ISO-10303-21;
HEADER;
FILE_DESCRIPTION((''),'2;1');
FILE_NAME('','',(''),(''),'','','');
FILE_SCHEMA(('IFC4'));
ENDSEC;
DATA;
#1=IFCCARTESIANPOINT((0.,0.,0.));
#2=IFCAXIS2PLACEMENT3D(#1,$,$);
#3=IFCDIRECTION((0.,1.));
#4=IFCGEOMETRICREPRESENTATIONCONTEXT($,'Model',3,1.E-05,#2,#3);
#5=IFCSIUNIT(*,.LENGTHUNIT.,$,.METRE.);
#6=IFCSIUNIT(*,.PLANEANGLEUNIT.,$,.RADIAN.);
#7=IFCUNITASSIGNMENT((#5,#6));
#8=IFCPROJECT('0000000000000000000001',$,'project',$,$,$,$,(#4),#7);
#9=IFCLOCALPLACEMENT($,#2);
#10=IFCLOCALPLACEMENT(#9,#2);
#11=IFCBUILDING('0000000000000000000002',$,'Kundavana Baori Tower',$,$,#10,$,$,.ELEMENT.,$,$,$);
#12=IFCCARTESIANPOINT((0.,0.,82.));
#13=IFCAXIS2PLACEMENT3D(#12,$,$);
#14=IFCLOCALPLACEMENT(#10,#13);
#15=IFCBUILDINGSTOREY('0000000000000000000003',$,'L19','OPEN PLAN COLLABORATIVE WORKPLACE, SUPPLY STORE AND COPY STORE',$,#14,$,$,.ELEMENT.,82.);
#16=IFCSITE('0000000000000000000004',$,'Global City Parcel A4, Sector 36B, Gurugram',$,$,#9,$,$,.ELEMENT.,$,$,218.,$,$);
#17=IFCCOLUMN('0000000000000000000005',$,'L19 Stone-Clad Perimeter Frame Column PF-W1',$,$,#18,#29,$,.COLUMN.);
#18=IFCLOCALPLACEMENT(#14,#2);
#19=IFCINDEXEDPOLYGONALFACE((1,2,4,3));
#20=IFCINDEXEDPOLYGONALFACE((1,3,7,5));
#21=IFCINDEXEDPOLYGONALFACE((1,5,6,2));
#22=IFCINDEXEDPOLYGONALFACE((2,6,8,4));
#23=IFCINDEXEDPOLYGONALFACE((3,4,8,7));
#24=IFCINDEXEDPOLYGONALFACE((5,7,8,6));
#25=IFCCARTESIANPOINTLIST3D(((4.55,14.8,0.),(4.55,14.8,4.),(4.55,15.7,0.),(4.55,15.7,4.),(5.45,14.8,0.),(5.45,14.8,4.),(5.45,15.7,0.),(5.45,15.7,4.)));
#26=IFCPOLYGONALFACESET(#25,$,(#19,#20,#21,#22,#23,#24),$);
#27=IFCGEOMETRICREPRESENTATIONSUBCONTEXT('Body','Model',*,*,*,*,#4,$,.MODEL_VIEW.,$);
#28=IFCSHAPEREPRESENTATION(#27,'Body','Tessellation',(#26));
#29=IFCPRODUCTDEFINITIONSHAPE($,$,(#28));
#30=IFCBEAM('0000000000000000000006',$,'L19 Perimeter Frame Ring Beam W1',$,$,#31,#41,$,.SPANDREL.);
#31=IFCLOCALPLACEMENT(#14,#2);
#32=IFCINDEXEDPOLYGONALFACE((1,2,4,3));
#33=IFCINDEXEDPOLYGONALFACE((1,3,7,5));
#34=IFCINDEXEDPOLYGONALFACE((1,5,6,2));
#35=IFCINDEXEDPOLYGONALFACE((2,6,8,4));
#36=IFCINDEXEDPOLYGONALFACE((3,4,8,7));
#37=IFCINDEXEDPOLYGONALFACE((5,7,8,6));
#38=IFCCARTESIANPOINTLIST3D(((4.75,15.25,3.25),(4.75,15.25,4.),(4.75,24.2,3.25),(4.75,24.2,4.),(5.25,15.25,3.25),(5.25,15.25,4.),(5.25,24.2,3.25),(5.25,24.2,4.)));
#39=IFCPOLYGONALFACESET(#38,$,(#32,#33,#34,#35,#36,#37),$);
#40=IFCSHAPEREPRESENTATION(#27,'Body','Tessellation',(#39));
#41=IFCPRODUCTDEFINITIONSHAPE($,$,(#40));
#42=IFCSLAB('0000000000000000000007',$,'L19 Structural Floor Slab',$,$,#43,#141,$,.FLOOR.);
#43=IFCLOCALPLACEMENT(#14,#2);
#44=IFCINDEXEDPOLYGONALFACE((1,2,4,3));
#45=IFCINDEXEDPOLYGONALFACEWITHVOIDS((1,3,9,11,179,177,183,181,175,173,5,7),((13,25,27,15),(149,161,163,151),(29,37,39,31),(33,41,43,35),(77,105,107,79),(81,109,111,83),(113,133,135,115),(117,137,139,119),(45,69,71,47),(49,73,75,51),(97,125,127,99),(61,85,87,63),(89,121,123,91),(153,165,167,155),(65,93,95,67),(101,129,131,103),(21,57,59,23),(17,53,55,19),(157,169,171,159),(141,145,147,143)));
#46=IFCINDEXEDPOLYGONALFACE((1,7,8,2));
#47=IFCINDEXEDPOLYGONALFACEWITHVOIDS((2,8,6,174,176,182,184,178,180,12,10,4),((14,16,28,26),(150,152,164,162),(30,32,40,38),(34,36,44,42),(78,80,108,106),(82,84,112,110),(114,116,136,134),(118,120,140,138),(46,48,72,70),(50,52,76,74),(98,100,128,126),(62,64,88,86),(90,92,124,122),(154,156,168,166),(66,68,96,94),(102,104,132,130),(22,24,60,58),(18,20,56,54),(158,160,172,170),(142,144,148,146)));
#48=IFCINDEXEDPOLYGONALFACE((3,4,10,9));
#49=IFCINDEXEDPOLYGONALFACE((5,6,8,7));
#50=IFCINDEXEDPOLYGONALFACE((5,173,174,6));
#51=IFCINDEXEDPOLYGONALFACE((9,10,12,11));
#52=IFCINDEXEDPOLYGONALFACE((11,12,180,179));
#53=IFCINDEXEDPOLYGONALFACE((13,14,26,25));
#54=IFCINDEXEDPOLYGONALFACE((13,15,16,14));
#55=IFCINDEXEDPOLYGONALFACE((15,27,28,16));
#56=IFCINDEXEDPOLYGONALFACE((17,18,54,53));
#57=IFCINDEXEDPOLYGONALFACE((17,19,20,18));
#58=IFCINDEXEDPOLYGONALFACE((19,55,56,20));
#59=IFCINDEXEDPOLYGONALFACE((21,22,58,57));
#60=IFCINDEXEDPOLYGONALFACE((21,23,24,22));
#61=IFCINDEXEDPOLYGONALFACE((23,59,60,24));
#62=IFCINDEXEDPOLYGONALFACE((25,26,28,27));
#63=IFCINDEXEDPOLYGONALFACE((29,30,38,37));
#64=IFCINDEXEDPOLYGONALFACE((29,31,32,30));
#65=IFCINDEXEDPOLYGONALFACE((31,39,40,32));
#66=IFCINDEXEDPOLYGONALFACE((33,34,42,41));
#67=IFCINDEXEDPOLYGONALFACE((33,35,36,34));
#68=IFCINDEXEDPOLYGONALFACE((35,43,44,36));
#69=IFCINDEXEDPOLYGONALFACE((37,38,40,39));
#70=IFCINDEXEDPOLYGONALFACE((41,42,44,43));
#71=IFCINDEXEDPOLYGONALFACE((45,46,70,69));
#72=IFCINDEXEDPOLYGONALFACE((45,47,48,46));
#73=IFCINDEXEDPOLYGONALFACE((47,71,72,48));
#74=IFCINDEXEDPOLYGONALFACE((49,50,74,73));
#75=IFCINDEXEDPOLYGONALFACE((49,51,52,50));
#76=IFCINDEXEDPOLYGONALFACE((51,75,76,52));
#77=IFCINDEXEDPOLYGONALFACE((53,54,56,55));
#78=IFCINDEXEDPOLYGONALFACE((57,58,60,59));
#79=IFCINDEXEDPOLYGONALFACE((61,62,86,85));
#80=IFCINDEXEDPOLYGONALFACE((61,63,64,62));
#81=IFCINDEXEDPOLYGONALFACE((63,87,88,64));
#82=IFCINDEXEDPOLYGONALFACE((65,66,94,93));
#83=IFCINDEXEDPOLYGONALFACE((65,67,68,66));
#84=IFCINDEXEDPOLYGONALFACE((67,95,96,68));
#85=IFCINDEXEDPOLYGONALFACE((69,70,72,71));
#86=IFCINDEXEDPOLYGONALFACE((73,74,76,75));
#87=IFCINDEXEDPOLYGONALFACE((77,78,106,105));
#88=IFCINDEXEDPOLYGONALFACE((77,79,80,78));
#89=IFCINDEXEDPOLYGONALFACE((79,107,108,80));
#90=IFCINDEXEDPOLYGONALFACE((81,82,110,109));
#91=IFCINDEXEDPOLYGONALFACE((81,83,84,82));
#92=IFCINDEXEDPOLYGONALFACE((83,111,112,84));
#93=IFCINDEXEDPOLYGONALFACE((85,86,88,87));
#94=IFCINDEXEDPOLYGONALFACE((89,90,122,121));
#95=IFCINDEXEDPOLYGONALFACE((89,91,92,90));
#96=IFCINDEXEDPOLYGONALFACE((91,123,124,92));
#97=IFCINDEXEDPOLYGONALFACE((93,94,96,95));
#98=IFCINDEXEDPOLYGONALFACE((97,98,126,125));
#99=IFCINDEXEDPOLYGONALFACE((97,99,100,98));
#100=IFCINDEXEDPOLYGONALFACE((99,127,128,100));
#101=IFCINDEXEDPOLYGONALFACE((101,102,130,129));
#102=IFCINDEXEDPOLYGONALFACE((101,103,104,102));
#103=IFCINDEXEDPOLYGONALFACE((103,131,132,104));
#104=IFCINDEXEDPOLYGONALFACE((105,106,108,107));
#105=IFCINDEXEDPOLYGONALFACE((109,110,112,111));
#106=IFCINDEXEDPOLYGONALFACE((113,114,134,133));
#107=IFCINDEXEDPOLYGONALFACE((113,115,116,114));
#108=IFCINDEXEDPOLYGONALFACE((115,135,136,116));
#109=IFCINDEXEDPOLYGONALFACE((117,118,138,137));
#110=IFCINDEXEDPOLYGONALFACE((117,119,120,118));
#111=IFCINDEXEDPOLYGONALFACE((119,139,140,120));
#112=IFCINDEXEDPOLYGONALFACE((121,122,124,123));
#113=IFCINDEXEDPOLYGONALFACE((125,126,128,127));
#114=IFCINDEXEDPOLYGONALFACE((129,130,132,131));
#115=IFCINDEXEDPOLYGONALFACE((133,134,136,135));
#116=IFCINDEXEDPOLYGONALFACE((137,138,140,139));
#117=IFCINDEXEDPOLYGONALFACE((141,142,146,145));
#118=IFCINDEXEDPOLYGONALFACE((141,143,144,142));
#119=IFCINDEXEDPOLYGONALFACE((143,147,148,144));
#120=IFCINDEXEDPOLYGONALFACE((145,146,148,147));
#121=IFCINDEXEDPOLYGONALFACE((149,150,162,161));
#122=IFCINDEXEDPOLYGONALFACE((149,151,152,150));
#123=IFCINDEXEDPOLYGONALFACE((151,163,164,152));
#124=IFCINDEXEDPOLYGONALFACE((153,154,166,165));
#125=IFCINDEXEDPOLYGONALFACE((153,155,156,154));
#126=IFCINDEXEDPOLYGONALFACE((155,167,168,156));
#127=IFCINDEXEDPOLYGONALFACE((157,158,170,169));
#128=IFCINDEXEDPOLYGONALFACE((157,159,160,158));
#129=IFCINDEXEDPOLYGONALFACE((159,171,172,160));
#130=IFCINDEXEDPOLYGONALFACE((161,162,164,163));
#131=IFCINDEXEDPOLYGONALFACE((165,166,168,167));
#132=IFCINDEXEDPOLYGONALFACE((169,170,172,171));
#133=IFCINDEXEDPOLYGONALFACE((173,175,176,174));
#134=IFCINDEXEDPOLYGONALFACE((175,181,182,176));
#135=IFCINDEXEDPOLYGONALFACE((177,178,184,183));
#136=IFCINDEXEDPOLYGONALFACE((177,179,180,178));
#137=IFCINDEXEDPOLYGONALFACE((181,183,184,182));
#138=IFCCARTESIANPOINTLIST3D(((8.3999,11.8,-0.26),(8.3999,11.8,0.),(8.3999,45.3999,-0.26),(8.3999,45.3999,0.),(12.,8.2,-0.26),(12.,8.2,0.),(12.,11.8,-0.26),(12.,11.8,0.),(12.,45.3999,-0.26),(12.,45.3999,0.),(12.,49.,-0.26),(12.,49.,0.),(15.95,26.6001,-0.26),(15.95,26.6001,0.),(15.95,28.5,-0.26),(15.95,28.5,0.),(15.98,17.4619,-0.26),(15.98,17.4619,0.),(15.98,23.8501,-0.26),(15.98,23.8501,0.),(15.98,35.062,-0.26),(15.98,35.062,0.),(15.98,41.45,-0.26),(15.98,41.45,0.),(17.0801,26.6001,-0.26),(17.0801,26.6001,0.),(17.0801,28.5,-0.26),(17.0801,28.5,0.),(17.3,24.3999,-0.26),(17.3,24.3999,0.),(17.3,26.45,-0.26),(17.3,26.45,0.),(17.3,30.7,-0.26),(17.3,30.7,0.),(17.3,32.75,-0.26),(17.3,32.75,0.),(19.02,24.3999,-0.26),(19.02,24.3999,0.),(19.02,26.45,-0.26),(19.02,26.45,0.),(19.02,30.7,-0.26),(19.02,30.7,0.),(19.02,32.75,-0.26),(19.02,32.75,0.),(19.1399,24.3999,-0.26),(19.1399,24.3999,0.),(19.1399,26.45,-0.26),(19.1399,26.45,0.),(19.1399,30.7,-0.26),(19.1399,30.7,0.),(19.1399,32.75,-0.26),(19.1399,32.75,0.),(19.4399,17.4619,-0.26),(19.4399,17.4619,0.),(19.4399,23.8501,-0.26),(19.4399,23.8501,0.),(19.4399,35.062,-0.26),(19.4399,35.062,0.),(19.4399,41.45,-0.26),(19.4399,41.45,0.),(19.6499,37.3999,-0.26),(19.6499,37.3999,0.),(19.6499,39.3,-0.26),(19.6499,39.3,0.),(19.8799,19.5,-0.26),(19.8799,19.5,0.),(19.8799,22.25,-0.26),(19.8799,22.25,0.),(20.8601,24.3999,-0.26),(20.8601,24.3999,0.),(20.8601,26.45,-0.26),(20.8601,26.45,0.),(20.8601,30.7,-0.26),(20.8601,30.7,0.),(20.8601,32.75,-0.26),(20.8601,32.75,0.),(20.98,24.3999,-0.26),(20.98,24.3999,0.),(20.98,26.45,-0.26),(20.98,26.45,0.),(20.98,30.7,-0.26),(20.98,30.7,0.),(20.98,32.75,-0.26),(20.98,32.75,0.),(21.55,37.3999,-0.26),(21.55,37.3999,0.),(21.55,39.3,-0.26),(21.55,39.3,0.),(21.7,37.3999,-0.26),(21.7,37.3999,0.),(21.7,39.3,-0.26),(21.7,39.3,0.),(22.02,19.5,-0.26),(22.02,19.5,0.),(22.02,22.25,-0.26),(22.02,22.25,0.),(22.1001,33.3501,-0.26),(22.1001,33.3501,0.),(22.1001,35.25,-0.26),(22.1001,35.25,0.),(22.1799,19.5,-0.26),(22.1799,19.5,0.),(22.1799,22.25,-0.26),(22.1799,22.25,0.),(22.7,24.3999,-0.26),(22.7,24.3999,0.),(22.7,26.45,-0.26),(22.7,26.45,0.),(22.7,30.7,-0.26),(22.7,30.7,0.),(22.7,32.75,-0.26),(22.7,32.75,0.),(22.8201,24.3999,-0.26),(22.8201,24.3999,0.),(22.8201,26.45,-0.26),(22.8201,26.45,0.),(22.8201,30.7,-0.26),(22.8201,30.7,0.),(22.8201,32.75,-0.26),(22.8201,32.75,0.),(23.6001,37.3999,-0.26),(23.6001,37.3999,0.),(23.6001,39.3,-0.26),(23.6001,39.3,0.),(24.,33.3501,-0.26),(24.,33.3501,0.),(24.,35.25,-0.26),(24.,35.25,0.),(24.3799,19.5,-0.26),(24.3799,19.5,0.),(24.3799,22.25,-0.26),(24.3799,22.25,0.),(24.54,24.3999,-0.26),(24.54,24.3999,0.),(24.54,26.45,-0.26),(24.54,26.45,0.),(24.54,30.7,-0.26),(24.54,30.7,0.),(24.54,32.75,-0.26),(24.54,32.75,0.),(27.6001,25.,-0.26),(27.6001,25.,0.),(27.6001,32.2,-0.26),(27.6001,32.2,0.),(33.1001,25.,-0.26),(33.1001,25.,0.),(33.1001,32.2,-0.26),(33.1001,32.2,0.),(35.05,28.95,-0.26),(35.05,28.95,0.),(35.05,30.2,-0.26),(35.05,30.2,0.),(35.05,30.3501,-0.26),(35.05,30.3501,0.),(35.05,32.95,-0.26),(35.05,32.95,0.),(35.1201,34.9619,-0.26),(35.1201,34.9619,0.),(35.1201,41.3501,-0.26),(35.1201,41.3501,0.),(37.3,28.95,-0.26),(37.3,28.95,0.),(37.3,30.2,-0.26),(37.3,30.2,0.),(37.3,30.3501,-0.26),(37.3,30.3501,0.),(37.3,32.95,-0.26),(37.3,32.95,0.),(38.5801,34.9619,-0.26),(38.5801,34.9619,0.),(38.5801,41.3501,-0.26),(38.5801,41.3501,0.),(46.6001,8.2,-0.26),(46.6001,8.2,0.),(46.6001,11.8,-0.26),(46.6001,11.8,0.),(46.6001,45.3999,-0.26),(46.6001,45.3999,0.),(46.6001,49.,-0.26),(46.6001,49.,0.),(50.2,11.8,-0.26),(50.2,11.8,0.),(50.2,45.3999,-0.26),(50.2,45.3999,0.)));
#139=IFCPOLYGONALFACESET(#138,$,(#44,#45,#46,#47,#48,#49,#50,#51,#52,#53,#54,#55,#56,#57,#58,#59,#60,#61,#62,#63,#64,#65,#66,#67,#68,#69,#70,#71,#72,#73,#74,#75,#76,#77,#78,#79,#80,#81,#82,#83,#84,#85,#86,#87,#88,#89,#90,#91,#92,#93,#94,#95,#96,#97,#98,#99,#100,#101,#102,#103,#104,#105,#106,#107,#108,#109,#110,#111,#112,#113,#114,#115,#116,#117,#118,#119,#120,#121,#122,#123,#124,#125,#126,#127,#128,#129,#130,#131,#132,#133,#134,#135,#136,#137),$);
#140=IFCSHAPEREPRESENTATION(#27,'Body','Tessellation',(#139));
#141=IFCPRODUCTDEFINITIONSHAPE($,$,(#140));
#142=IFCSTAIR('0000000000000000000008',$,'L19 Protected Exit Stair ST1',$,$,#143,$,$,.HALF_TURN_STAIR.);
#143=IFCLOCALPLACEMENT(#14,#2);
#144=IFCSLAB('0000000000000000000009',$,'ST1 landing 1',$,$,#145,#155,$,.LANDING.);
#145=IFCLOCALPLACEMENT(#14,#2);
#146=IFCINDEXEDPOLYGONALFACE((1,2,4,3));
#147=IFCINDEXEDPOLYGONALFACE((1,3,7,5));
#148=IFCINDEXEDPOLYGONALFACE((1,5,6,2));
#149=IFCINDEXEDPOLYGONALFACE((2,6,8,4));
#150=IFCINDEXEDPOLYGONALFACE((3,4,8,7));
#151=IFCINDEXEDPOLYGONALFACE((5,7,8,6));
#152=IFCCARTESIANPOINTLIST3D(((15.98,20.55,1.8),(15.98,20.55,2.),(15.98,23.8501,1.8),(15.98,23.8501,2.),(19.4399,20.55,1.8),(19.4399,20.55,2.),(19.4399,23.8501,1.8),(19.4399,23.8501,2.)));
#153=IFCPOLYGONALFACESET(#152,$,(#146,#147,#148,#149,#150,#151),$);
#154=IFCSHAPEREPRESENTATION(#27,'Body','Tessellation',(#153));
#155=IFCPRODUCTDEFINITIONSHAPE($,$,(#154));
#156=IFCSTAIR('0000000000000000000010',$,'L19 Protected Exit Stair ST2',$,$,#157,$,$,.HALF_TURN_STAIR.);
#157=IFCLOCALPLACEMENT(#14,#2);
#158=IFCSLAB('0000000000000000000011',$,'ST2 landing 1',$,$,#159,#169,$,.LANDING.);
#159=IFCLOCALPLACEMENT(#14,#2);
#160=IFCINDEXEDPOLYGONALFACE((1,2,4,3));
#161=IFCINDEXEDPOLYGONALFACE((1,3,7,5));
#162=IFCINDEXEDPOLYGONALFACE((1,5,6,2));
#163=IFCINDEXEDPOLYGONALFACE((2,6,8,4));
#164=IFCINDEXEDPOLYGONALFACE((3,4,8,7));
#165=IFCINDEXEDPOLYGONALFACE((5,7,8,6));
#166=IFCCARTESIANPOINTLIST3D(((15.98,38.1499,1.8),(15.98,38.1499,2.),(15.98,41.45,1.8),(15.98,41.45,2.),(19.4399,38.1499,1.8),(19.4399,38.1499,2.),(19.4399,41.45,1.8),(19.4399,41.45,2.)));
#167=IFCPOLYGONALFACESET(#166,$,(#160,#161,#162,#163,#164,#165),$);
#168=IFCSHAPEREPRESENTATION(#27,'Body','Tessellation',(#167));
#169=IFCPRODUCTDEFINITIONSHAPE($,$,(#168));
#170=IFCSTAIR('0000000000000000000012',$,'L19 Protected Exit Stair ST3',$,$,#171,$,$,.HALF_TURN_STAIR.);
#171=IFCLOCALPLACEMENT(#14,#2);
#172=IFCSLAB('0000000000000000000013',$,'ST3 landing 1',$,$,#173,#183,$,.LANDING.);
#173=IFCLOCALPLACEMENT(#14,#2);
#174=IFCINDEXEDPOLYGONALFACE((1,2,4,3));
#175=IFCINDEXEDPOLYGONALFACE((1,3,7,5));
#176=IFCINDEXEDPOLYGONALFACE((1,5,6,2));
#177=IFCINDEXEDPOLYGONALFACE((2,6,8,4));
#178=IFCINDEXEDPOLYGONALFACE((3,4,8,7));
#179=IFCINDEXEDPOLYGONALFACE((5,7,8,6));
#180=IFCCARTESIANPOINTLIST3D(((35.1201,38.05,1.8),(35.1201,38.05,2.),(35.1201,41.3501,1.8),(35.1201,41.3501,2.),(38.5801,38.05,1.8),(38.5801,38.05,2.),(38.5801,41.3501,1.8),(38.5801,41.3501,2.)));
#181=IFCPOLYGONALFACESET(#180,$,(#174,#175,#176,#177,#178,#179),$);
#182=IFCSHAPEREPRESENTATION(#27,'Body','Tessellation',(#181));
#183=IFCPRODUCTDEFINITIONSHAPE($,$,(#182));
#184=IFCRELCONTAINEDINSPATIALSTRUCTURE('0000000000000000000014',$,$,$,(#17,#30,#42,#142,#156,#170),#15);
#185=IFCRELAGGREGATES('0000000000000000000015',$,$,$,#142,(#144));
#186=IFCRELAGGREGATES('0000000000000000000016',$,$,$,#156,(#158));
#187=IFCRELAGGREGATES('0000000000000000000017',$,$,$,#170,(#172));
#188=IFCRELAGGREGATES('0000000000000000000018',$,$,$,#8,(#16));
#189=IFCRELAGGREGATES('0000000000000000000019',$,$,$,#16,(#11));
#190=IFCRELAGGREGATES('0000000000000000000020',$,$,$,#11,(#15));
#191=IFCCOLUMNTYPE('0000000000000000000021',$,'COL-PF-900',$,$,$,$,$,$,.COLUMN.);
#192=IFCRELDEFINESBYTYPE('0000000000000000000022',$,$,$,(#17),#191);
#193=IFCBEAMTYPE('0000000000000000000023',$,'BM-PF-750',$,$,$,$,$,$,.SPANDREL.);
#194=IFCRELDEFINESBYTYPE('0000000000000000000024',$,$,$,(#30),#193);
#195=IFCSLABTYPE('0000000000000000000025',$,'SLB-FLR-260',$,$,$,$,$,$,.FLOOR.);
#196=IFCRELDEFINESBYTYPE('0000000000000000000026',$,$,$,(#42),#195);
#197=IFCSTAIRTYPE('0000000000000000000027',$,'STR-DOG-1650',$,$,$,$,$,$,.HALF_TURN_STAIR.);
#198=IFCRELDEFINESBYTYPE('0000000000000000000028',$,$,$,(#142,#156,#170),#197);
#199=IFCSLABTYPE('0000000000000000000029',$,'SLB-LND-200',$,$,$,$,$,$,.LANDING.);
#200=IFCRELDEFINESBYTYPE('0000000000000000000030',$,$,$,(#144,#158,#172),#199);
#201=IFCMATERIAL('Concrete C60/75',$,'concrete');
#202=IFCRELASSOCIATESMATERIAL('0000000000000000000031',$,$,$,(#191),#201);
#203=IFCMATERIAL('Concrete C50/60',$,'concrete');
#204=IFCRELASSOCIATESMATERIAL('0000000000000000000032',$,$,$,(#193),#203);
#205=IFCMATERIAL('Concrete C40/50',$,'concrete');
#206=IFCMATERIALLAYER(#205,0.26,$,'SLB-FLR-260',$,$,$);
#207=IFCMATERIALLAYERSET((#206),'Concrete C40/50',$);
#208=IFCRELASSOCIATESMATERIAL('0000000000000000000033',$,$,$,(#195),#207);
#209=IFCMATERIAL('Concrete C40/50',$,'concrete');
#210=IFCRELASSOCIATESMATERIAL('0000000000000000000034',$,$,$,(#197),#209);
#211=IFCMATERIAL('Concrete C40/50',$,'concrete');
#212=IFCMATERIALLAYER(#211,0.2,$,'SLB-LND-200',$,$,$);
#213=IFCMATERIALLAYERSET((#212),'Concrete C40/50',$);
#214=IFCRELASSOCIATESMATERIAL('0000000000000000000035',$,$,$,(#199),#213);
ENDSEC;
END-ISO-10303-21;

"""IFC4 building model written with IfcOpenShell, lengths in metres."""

from ifc_helpers import new_model, si_unit, direction, frame, origin, origin_2d, place, context, subcontext, project, spatial, polyline, rectangle, outline, extrude, material, layer, layer_set, material_profile, profile_set, type_object, element, aggregate, save


model = new_model("IFC4")

# Units and contexts
model_context = context("Model", 3, precision=1e-05, world=origin(), true_north=direction((0.0, 1.0)))
body_context = subcontext(model_context, "Body", "Model", "MODEL_VIEW")
ifc_project = project(units=[si_unit("LENGTHUNIT", "METRE"), si_unit("PLANEANGLEUNIT", "RADIAN")], contexts=[model_context])

# Site, building, storey
site_placement = place(None, origin())
site = spatial("IfcSite", under=ifc_project, at=site_placement, Name="Global City Parcel A4, Sector 36B, Gurugram", CompositionType="ELEMENT", RefElevation=218.0)
building_placement = place(site_placement, origin())
building = spatial("IfcBuilding", under=site, at=building_placement, Name="Kundavana Baori Tower", CompositionType="ELEMENT")
storey_placement = place(building_placement, frame((0.0, 0.0, 82.0)))
storey = spatial("IfcBuildingStorey", under=building, at=storey_placement, Name="L19", Description="OPEN PLAN COLLABORATIVE WORKPLACE, SUPPLY STORE AND COPY STORE", CompositionType="ELEMENT", Elevation=82.0)

# Column
ifc_material_1 = material(Name="Concrete C60/75", Category="concrete")
ifc_material_profile_1 = material_profile(ifc_material_1, rectangle(XDim=0.8999, YDim=0.8999, at=origin_2d()), Name="RC PF 900x900")
ifc_profile_set_1 = profile_set([ifc_material_profile_1], Name="Concrete C60/75")
column_type = type_object("IfcColumnType", Name="COL-PF-900", PredefinedType="COLUMN", material=ifc_profile_set_1)
column_placement = place(storey_placement, frame((5.0, 15.25, 0.0), z_axis=(0.0, 0.0, 1.0), x_axis=(1.0, 0.0, 0.0)))
element("IfcColumn", 1, at=column_placement, inside=storey, type_object=column_type, Name="L19 Stone-Clad Perimeter Frame Column PF-W1", PredefinedType="COLUMN", context=body_context, shape_type="SweptSolid", body=[
    extrude(rectangle(XDim=0.8999, YDim=0.8999, at=origin_2d()), origin(), (0.0, 0.0, 1.0), 4.0),
])

# Beam
ifc_material_2 = material(Name="Concrete C50/60", Category="concrete")
ifc_material_profile_2 = material_profile(ifc_material_2, rectangle(XDim=0.5, YDim=0.75, at=origin_2d()), Name="RC BM 500x750")
ifc_profile_set_2 = profile_set([ifc_material_profile_2], Name="Concrete C50/60")
beam_type = type_object("IfcBeamType", Name="BM-PF-750", PredefinedType="SPANDREL", material=ifc_profile_set_2)
beam_placement = place(storey_placement, frame((5.0, 15.25, 3.625), z_axis=(0.0, 1.0, 0.0), x_axis=(-1.0, 0.0, 0.0)))
element("IfcBeam", 2, at=beam_placement, inside=storey, type_object=beam_type, Name="L19 Perimeter Frame Ring Beam W1", PredefinedType="SPANDREL", context=body_context, shape_type="SweptSolid", body=[
    extrude(rectangle(XDim=0.5, YDim=0.75, at=origin_2d()), origin(), (0.0, 0.0, 1.0), 8.95),
])

# Slab
ifc_material_3 = material(Name="Concrete C40/50", Category="concrete")
ifc_layer_1 = layer(ifc_material_3, 0.26, Name="SLB-FLR-260")
ifc_layer_set_1 = layer_set([ifc_layer_1], Name="Concrete C40/50")
slab_type_1 = type_object("IfcSlabType", Name="SLB-FLR-260", PredefinedType="FLOOR", material=ifc_layer_set_1)
slab_1_placement = place(storey_placement, frame((0.0, 0.0, -0.26)))
element("IfcSlab", 3, at=slab_1_placement, inside=storey, type_object=slab_type_1, Name="L19 Structural Floor Slab", PredefinedType="FLOOR", context=body_context, shape_type="SweptSolid", body=[
    extrude(outline(polyline([(12.0, 8.2), (46.6001, 8.2), (46.6001, 11.8), (50.2, 11.8), (50.2, 45.3999), (46.6001, 45.3999), (46.6001, 49.0), (12.0, 49.0), (12.0, 45.3999), (8.3999, 45.3999), (8.3999, 11.8), (12.0, 11.8), (12.0, 8.2)]), holes=[polyline([(19.4399, 17.4619), (19.4399, 23.8501), (15.98, 23.8501), (15.98, 17.4619), (19.4399, 17.4619)]), polyline([(19.4399, 35.062), (19.4399, 41.45), (15.98, 41.45), (15.98, 35.062), (19.4399, 35.062)]), polyline([(38.5801, 34.9619), (38.5801, 41.3501), (35.1201, 41.3501), (35.1201, 34.9619), (38.5801, 34.9619)]), polyline([(17.3, 24.3999), (19.02, 24.3999), (19.02, 26.45), (17.3, 26.45), (17.3, 24.3999)]), polyline([(19.1399, 24.3999), (20.8601, 24.3999), (20.8601, 26.45), (19.1399, 26.45), (19.1399, 24.3999)]), polyline([(20.98, 24.3999), (22.7, 24.3999), (22.7, 26.45), (20.98, 26.45), (20.98, 24.3999)]), polyline([(22.8201, 24.3999), (24.54, 24.3999), (24.54, 26.45), (22.8201, 26.45), (22.8201, 24.3999)]), polyline([(17.3, 30.7), (19.02, 30.7), (19.02, 32.75), (17.3, 32.75), (17.3, 30.7)]), polyline([(19.1399, 30.7), (20.8601, 30.7), (20.8601, 32.75), (19.1399, 32.75), (19.1399, 30.7)]), polyline([(20.98, 30.7), (22.7, 30.7), (22.7, 32.75), (20.98, 32.75), (20.98, 30.7)]), polyline([(22.8201, 30.7), (24.54, 30.7), (24.54, 32.75), (22.8201, 32.75), (22.8201, 30.7)]), polyline([(19.6499, 37.3999), (21.55, 37.3999), (21.55, 39.3), (19.6499, 39.3), (19.6499, 37.3999)]), polyline([(21.7, 37.3999), (23.6001, 37.3999), (23.6001, 39.3), (21.7, 39.3), (21.7, 37.3999)]), polyline([(22.1001, 33.3501), (24.0, 33.3501), (24.0, 35.25), (22.1001, 35.25), (22.1001, 33.3501)]), polyline([(19.8799, 19.5), (22.02, 19.5), (22.02, 22.25), (19.8799, 22.25), (19.8799, 19.5)]), polyline([(22.1799, 19.5), (24.3799, 19.5), (24.3799, 22.25), (22.1799, 22.25), (22.1799, 19.5)]), polyline([(35.05, 30.3501), (37.3, 30.3501), (37.3, 32.95), (35.05, 32.95), (35.05, 30.3501)]), polyline([(15.95, 26.6001), (17.0801, 26.6001), (17.0801, 28.5), (15.95, 28.5), (15.95, 26.6001)]), polyline([(35.05, 28.95), (37.3, 28.95), (37.3, 30.2), (35.05, 30.2), (35.05, 28.95)]), polyline([(27.6001, 25.0), (33.1001, 25.0), (33.1001, 32.2), (27.6001, 32.2), (27.6001, 25.0)])]), origin(), (0.0, 0.0, 1.0), 0.26),
])

# Stairs, slabs
ifc_material_4 = material(Name="Concrete C40/50", Category="concrete")
stair_type = type_object("IfcStairType", Name="STR-DOG-1650", PredefinedType="HALF_TURN_STAIR", material=ifc_material_4)
stair_1_placement = place(storey_placement, origin())
stair_1 = element("IfcStair", 4, at=stair_1_placement, inside=storey, type_object=stair_type, Name="L19 Protected Exit Stair ST1", PredefinedType="HALF_TURN_STAIR")
ifc_material_5 = material(Name="Concrete C40/50", Category="concrete")
ifc_layer_2 = layer(ifc_material_5, 0.2, Name="SLB-LND-200")
ifc_layer_set_2 = layer_set([ifc_layer_2], Name="Concrete C40/50")
slab_type_2 = type_object("IfcSlabType", Name="SLB-LND-200", PredefinedType="LANDING", material=ifc_layer_set_2)
slab_2_placement = place(storey_placement, frame((0.0, 0.0, 1.8)))
slab_2 = element("IfcSlab", 5, at=slab_2_placement, type_object=slab_type_2, Name="ST1 landing 1", PredefinedType="LANDING", context=body_context, shape_type="SweptSolid", body=[
    extrude(outline(polyline([(19.4399, 20.55), (19.4399, 23.8501), (15.98, 23.8501), (15.98, 20.55), (19.4399, 20.55)])), origin(), (0.0, 0.0, 1.0), 0.2),
])
aggregate(stair_1, [slab_2])
stair_2_placement = place(storey_placement, origin())
stair_2 = element("IfcStair", 6, at=stair_2_placement, inside=storey, type_object=stair_type, Name="L19 Protected Exit Stair ST2", PredefinedType="HALF_TURN_STAIR")
slab_3_placement = place(storey_placement, frame((0.0, 0.0, 1.8)))
slab_3 = element("IfcSlab", 7, at=slab_3_placement, type_object=slab_type_2, Name="ST2 landing 1", PredefinedType="LANDING", context=body_context, shape_type="SweptSolid", body=[
    extrude(outline(polyline([(19.4399, 38.1499), (19.4399, 41.45), (15.98, 41.45), (15.98, 38.1499), (19.4399, 38.1499)])), origin(), (0.0, 0.0, 1.0), 0.2),
])
aggregate(stair_2, [slab_3])
stair_3_placement = place(storey_placement, origin())
stair_3 = element("IfcStair", 8, at=stair_3_placement, inside=storey, type_object=stair_type, Name="L19 Protected Exit Stair ST3", PredefinedType="HALF_TURN_STAIR")
slab_4_placement = place(storey_placement, frame((0.0, 0.0, 1.8)))
slab_4 = element("IfcSlab", 9, at=slab_4_placement, type_object=slab_type_2, Name="ST3 landing 1", PredefinedType="LANDING", context=body_context, shape_type="SweptSolid", body=[
    extrude(outline(polyline([(38.5801, 38.05), (38.5801, 41.3501), (35.1201, 41.3501), (35.1201, 38.05), (38.5801, 38.05)])), origin(), (0.0, 0.0, 1.0), 0.2),
])
aggregate(stair_3, [slab_4])

save(model, "model.ifc")
